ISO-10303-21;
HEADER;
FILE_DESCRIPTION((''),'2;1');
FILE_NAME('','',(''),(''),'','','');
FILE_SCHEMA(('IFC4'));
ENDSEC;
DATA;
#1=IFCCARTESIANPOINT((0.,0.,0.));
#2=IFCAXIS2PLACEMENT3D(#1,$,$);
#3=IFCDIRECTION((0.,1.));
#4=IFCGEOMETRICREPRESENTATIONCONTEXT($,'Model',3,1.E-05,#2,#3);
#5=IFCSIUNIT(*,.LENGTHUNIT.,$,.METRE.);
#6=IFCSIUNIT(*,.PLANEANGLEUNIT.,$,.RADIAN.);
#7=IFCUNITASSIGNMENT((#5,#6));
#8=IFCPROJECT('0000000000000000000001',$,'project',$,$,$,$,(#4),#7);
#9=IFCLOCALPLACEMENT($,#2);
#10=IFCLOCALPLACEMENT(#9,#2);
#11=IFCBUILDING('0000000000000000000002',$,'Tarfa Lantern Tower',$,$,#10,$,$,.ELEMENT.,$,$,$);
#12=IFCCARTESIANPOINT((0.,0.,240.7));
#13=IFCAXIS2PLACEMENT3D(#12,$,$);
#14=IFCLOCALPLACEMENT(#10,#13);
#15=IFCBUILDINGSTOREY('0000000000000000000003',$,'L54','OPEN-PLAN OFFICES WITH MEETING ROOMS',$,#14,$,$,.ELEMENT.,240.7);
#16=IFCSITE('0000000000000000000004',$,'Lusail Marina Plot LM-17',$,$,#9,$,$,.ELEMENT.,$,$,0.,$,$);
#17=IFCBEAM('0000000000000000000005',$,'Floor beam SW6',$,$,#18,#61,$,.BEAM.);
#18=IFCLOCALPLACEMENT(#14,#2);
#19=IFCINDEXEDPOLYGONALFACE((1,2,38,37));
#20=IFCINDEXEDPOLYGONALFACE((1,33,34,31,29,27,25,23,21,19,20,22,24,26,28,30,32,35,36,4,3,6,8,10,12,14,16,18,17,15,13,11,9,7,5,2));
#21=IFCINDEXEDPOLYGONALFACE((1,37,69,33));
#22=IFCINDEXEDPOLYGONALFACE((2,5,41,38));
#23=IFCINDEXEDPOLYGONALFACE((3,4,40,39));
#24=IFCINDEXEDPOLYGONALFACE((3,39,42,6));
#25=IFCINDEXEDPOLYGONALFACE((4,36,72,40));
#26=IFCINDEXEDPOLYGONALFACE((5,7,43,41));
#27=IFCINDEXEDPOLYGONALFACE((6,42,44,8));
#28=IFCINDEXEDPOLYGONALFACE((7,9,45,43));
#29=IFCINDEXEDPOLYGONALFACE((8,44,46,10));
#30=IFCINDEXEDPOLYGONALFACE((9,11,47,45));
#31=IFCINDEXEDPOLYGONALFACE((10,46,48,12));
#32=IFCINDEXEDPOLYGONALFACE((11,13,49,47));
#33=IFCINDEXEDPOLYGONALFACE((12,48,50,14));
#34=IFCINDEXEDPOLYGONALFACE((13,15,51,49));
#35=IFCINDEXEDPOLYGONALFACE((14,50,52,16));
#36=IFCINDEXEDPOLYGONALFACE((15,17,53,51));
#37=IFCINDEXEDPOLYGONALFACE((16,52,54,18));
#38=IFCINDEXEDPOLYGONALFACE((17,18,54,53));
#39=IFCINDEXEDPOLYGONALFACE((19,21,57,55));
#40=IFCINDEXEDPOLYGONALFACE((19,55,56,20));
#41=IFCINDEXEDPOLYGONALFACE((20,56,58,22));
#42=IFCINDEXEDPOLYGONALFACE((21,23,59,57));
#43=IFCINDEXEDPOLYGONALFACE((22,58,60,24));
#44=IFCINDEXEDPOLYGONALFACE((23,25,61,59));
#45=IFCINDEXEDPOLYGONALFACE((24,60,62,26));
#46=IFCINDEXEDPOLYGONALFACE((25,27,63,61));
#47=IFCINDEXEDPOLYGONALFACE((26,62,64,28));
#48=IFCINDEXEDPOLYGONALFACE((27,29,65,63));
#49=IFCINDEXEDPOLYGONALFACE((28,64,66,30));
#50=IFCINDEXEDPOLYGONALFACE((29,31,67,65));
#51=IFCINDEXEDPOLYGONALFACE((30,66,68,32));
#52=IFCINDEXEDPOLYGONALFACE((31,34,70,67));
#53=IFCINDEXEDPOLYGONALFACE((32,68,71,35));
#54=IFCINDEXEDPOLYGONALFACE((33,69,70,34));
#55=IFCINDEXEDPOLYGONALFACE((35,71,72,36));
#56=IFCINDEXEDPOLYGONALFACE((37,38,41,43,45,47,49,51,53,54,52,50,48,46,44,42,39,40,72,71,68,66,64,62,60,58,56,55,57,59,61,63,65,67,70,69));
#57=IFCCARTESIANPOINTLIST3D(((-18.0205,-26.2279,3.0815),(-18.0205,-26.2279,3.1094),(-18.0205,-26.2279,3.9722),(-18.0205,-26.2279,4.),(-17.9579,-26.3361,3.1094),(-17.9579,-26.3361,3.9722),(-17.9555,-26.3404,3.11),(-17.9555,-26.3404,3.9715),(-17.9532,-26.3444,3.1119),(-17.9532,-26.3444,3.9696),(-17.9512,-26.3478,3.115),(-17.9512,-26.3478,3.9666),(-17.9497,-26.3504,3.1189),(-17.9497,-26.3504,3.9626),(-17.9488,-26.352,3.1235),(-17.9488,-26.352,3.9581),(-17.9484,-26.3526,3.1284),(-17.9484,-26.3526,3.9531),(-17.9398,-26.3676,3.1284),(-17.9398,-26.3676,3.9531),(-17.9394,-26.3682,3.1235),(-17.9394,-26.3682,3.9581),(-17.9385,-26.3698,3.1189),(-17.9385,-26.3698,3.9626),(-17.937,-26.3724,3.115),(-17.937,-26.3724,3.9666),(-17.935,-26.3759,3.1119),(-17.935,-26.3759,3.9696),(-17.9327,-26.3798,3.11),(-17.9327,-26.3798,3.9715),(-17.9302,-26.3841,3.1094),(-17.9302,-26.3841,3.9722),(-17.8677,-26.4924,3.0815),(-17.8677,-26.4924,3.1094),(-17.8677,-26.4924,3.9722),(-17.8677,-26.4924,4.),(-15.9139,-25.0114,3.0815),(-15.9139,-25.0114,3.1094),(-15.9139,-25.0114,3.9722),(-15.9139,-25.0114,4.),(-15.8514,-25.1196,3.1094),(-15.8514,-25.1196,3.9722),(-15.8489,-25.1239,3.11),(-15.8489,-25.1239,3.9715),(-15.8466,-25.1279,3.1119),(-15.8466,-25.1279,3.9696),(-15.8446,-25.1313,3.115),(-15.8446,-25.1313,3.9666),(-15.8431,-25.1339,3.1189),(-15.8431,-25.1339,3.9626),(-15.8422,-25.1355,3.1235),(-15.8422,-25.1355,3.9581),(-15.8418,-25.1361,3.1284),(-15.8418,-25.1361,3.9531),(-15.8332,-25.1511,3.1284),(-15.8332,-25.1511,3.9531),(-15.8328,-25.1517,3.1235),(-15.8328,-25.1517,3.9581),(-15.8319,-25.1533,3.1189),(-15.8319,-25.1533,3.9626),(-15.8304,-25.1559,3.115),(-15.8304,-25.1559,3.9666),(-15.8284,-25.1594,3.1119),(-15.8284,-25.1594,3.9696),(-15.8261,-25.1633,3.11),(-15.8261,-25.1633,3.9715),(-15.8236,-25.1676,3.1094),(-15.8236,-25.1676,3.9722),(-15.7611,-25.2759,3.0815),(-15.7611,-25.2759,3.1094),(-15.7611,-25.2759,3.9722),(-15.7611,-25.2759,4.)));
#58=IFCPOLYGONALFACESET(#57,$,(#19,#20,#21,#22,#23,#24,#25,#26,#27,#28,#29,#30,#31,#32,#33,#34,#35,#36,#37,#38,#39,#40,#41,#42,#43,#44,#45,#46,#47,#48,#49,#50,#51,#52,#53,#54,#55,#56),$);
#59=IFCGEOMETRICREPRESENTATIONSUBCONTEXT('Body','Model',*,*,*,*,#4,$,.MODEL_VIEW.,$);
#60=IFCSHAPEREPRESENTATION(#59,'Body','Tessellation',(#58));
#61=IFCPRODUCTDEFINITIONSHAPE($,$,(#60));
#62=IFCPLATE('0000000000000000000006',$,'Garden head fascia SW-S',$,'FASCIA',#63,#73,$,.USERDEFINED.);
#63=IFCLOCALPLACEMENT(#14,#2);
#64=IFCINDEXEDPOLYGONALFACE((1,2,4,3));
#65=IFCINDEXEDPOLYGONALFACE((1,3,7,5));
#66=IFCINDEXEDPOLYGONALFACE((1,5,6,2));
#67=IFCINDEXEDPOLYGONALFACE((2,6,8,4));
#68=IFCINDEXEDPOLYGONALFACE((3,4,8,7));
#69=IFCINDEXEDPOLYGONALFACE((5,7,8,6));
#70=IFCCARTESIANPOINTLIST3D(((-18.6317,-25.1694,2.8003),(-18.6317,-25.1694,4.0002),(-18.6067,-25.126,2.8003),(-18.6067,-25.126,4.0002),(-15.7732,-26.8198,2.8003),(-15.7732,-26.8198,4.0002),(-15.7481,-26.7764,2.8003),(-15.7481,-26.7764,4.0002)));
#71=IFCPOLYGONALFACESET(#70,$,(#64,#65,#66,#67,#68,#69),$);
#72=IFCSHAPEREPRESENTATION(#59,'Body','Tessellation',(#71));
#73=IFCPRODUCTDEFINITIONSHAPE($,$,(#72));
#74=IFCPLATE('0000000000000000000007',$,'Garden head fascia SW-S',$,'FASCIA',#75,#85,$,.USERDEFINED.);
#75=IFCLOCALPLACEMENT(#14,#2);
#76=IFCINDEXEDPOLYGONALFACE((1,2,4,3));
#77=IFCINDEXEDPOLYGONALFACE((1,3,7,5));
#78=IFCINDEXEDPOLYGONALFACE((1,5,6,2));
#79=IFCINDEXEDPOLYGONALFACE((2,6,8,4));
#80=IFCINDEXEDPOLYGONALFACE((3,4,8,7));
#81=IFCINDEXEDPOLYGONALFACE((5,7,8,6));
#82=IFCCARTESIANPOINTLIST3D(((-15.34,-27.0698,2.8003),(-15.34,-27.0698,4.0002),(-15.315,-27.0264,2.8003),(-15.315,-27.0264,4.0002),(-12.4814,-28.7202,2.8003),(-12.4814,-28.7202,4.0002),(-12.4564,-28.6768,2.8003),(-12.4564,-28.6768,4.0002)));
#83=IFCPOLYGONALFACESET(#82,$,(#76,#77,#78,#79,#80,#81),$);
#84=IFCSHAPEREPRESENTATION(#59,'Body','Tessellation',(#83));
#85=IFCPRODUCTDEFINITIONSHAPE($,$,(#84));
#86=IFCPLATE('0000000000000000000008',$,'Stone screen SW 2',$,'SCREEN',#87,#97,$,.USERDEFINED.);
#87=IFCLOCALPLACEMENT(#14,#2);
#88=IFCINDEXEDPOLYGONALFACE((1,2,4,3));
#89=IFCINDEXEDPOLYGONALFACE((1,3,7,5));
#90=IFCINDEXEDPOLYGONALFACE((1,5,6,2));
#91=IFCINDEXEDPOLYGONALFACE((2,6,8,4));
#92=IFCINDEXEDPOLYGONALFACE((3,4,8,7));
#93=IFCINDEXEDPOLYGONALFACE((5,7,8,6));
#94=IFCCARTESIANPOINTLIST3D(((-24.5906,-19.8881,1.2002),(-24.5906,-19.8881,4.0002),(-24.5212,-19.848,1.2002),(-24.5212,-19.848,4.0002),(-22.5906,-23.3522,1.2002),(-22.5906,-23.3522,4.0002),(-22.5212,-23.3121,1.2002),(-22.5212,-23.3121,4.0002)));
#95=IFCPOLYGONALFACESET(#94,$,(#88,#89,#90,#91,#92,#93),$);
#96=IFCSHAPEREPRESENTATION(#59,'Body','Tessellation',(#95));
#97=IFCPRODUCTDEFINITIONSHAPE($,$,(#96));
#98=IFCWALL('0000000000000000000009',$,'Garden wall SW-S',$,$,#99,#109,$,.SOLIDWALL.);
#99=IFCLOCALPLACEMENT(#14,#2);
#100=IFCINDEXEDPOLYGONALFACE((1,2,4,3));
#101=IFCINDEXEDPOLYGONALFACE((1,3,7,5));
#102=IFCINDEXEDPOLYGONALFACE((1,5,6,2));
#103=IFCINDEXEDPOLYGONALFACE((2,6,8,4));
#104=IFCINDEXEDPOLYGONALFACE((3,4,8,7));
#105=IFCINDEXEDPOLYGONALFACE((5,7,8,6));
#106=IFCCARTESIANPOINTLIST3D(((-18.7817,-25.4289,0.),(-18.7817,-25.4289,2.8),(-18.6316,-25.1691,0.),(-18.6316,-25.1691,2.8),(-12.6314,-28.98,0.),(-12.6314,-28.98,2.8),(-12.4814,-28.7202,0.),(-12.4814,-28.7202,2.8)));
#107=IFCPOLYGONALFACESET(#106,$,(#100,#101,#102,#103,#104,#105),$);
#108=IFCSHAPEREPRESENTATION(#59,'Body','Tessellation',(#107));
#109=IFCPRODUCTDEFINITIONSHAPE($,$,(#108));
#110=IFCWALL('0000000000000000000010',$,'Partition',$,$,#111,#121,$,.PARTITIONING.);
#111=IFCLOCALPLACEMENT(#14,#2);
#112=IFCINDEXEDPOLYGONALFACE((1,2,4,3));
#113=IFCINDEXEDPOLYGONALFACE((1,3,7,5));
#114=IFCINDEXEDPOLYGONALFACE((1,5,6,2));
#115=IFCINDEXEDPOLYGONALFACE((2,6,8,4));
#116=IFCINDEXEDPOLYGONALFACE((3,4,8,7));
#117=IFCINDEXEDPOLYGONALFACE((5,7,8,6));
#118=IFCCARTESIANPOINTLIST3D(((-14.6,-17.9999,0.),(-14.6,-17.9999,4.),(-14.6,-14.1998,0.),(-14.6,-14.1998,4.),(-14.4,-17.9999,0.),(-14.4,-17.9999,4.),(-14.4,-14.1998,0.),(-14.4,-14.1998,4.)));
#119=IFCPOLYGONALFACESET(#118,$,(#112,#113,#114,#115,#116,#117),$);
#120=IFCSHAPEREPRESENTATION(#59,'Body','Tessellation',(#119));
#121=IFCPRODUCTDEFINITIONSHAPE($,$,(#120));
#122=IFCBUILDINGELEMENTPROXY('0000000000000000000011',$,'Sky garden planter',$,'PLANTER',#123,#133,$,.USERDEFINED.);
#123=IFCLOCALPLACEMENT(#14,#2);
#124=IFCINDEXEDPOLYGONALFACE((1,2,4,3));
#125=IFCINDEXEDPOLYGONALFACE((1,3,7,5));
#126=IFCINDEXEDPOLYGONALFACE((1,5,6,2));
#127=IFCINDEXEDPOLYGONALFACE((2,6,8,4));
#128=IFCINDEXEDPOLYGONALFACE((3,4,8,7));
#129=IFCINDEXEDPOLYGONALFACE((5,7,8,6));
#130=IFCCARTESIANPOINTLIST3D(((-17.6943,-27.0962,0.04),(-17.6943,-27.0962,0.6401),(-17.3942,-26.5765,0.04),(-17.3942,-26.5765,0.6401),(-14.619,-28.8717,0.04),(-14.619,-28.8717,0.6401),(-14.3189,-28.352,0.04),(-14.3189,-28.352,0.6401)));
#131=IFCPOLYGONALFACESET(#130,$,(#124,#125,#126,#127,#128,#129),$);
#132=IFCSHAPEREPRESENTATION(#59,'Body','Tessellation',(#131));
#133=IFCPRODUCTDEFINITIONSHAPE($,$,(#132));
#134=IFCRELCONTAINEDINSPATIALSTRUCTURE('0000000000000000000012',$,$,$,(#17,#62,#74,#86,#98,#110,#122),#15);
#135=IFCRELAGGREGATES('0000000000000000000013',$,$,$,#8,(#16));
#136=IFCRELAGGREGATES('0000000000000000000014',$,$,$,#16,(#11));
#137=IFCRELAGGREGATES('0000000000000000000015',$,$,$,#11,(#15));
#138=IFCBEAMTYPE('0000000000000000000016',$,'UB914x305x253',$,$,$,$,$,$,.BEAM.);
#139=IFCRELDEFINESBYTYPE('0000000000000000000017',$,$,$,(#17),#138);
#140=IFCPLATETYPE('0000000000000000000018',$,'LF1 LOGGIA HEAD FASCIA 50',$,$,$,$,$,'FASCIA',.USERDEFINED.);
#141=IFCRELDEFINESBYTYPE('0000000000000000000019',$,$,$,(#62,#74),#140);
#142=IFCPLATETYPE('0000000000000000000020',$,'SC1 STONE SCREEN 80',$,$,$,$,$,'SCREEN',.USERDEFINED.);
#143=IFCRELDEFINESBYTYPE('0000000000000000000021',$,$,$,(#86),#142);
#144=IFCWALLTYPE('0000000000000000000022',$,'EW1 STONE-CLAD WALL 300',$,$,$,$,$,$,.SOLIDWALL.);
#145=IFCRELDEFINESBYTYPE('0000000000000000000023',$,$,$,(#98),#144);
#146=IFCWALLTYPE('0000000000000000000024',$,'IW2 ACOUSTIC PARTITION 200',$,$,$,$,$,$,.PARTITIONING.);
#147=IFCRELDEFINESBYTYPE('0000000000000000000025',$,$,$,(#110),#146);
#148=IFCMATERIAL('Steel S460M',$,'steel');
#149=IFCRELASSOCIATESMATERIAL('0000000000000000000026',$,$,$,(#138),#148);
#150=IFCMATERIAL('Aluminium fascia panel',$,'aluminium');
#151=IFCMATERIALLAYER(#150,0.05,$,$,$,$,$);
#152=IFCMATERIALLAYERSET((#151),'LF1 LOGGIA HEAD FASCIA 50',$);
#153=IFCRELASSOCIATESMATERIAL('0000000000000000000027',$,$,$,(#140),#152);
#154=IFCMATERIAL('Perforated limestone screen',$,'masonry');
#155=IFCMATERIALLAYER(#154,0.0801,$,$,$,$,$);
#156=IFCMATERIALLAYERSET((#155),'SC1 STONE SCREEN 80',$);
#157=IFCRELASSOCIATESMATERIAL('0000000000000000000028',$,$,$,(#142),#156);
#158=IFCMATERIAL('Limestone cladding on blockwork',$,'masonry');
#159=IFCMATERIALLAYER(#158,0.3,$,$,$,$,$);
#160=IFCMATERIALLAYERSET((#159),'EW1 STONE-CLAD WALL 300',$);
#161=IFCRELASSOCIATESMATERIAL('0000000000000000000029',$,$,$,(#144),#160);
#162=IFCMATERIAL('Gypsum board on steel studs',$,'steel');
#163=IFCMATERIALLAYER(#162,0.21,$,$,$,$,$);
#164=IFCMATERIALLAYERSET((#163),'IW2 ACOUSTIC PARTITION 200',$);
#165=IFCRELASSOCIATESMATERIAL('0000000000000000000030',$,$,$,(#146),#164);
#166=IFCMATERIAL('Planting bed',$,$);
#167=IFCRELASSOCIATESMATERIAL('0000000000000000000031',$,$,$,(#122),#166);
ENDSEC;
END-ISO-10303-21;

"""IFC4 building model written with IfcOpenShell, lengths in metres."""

from ifc_helpers import new_model, si_unit, direction, frame, frame_2d, origin, origin_2d, place, context, subcontext, project, spatial, rectangle, i_section, extrude, material, layer, layer_set, material_profile, profile_set, type_object, element, save


model = new_model("IFC4")

# Units and contexts
model_context = context("Model", 3, precision=1e-05, world=origin(), true_north=direction((0.0, 1.0)))
body_context = subcontext(model_context, "Body", "Model", "MODEL_VIEW")
ifc_project = project(units=[si_unit("LENGTHUNIT", "METRE"), si_unit("PLANEANGLEUNIT", "RADIAN")], contexts=[model_context])

# Site, building, storey
site_placement = place(None, origin())
site = spatial("IfcSite", under=ifc_project, at=site_placement, Name="Lusail Marina Plot LM-17", CompositionType="ELEMENT", RefElevation=0.0)
building_placement = place(site_placement, origin())
building = spatial("IfcBuilding", under=site, at=building_placement, Name="Tarfa Lantern Tower", CompositionType="ELEMENT")
storey_placement = place(building_placement, frame((0.0, 0.0, 240.7)))
storey = spatial("IfcBuildingStorey", under=building, at=storey_placement, Name="L54", Description="OPEN-PLAN OFFICES WITH MEETING ROOMS", CompositionType="ELEMENT", Elevation=240.7)

# Beam
ifc_material_1 = material(Name="Steel S460M", Category="steel")
ifc_material_profile_1 = material_profile(ifc_material_1, i_section(OverallWidth=0.3054, OverallDepth=0.9185, WebThickness=0.0173, FlangeThickness=0.0278, FilletRadius=0.019, at=origin_2d()), Name="UB914x305x253")
ifc_profile_set_1 = profile_set([ifc_material_profile_1], Name="Steel S460M")
beam_type_1 = type_object("IfcBeamType", Name="UB914x305x253", PredefinedType="BEAM", material=ifc_profile_set_1)
beam_1_placement = place(storey_placement, frame((-17.9441, -26.3601, 3.5408), z_axis=(0.86598, 0.500079, 0.0), x_axis=(-0.500079, 0.86598, 0.0)))
element("IfcBeam", 1, at=beam_1_placement, inside=storey, type_object=beam_type_1, Name="Floor beam SW6", PredefinedType="BEAM", context=body_context, shape_type="SweptSolid", body=[
    extrude(i_section(OverallWidth=0.3054, OverallDepth=0.9185, WebThickness=0.0173, FlangeThickness=0.0278, FilletRadius=0.019, at=origin_2d()), origin(), (0.0, 0.0, 1.0), 2.4326),
])

# Plates
ifc_material_2 = material(Name="Aluminium fascia panel", Category="aluminium")
ifc_layer_1 = layer(ifc_material_2, 0.05)
ifc_layer_set_1 = layer_set([ifc_layer_1], Name="LF1 LOGGIA HEAD FASCIA 50")
plate_type_1 = type_object("IfcPlateType", Name="LF1 LOGGIA HEAD FASCIA 50", ElementType="FASCIA", PredefinedType="USERDEFINED", material=ifc_layer_set_1)
for number, where, z_axis, x_axis, name in (
    (2, (-17.1899, -25.9729, 2.8003), (0.0, 0.0, 1.0), (0.866025, -0.5, 0.0), "Garden head fascia SW-S"),
    (3, (-13.8982, -27.8733, 2.8003), (0.0, 0.0, 1.0), (0.866025, -0.5, 0.0), "Garden head fascia SW-S"),
):
    element("IfcPlate", number, at=place(storey_placement, frame(where, z_axis=z_axis, x_axis=x_axis)), inside=storey, type_object=plate_type_1, Name=name, ObjectType="FASCIA", PredefinedType="USERDEFINED", context=body_context, shape_type="SweptSolid", body=[
        extrude(rectangle(XDim=3.3008, YDim=0.05, at=origin_2d()), origin(), (0.0, 0.0, 1.0), 1.2),
    ])
ifc_material_3 = material(Name="Perforated limestone screen", Category="masonry")
ifc_layer_2 = layer(ifc_material_3, 0.0801)
ifc_layer_set_2 = layer_set([ifc_layer_2], Name="SC1 STONE SCREEN 80")
plate_type_2 = type_object("IfcPlateType", Name="SC1 STONE SCREEN 80", ElementType="SCREEN", PredefinedType="USERDEFINED", material=ifc_layer_set_2)
plate_placement = place(storey_placement, frame((-23.5559, -21.6001, 1.2002), z_axis=(0.0, 0.0, 1.0), x_axis=(0.5, -0.866025, 0.0)))
element("IfcPlate", 4, at=plate_placement, inside=storey, type_object=plate_type_2, Name="Stone screen SW 2", ObjectType="SCREEN", PredefinedType="USERDEFINED", context=body_context, shape_type="SweptSolid", body=[
    extrude(rectangle(XDim=4.0, YDim=0.0801, at=origin_2d()), origin(), (0.0, 0.0, 1.0), 2.8),
])

# Walls
ifc_material_4 = material(Name="Limestone cladding on blockwork", Category="masonry")
ifc_layer_3 = layer(ifc_material_4, 0.3)
ifc_layer_set_3 = layer_set([ifc_layer_3], Name="EW1 STONE-CLAD WALL 300")
wall_type_1 = type_object("IfcWallType", Name="EW1 STONE-CLAD WALL 300", PredefinedType="SOLIDWALL", material=ifc_layer_set_3)
wall_1_placement = place(storey_placement, frame((-18.7065, -25.2991, 0.0), z_axis=(0.0, 0.0, 1.0), x_axis=(0.866011, -0.500025, 0.0)))
element("IfcWall", 5, at=wall_1_placement, inside=storey, type_object=wall_type_1, Name="Garden wall SW-S", PredefinedType="SOLIDWALL", context=body_context, shape_type="SweptSolid", body=[
    extrude(rectangle(XDim=7.1018, YDim=0.3, at=frame_2d((3.5508, 0.0))), origin(), (0.0, 0.0, 1.0), 2.8),
])
ifc_material_5 = material(Name="Gypsum board on steel studs", Category="steel")
ifc_layer_4 = layer(ifc_material_5, 0.21)
ifc_layer_set_4 = layer_set([ifc_layer_4], Name="IW2 ACOUSTIC PARTITION 200")
wall_type_2 = type_object("IfcWallType", Name="IW2 ACOUSTIC PARTITION 200", PredefinedType="PARTITIONING", material=ifc_layer_set_4)
wall_2_placement = place(storey_placement, frame((-14.5, -14.2, 0.0), z_axis=(0.0, 0.0, 1.0), x_axis=(0.0, -1.0, 0.0)))
element("IfcWall", 6, at=wall_2_placement, inside=storey, type_object=wall_type_2, Name="Partition", PredefinedType="PARTITIONING", context=body_context, shape_type="SweptSolid", body=[
    extrude(rectangle(XDim=3.8, YDim=0.2, at=frame_2d((1.8999, 0.0))), origin(), (0.0, 0.0, 1.0), 4.0),
])

# Building element proxy
ifc_material_6 = material(Name="Planting bed")
proxy_placement = place(storey_placement, frame((-16.0066, -27.7241, 0.04), z_axis=(0.0, 0.0, 1.0), x_axis=(0.866025, -0.5, 0.0)))
element("IfcBuildingElementProxy", 7, at=proxy_placement, inside=storey, material=ifc_material_6, Name="Sky garden planter", ObjectType="PLANTER", PredefinedType="USERDEFINED", context=body_context, shape_type="SweptSolid", body=[
    extrude(rectangle(XDim=3.551, YDim=0.6001, at=origin_2d()), origin(), (0.0, 0.0, 1.0), 0.6001),
])

save(model, "model.ifc")
